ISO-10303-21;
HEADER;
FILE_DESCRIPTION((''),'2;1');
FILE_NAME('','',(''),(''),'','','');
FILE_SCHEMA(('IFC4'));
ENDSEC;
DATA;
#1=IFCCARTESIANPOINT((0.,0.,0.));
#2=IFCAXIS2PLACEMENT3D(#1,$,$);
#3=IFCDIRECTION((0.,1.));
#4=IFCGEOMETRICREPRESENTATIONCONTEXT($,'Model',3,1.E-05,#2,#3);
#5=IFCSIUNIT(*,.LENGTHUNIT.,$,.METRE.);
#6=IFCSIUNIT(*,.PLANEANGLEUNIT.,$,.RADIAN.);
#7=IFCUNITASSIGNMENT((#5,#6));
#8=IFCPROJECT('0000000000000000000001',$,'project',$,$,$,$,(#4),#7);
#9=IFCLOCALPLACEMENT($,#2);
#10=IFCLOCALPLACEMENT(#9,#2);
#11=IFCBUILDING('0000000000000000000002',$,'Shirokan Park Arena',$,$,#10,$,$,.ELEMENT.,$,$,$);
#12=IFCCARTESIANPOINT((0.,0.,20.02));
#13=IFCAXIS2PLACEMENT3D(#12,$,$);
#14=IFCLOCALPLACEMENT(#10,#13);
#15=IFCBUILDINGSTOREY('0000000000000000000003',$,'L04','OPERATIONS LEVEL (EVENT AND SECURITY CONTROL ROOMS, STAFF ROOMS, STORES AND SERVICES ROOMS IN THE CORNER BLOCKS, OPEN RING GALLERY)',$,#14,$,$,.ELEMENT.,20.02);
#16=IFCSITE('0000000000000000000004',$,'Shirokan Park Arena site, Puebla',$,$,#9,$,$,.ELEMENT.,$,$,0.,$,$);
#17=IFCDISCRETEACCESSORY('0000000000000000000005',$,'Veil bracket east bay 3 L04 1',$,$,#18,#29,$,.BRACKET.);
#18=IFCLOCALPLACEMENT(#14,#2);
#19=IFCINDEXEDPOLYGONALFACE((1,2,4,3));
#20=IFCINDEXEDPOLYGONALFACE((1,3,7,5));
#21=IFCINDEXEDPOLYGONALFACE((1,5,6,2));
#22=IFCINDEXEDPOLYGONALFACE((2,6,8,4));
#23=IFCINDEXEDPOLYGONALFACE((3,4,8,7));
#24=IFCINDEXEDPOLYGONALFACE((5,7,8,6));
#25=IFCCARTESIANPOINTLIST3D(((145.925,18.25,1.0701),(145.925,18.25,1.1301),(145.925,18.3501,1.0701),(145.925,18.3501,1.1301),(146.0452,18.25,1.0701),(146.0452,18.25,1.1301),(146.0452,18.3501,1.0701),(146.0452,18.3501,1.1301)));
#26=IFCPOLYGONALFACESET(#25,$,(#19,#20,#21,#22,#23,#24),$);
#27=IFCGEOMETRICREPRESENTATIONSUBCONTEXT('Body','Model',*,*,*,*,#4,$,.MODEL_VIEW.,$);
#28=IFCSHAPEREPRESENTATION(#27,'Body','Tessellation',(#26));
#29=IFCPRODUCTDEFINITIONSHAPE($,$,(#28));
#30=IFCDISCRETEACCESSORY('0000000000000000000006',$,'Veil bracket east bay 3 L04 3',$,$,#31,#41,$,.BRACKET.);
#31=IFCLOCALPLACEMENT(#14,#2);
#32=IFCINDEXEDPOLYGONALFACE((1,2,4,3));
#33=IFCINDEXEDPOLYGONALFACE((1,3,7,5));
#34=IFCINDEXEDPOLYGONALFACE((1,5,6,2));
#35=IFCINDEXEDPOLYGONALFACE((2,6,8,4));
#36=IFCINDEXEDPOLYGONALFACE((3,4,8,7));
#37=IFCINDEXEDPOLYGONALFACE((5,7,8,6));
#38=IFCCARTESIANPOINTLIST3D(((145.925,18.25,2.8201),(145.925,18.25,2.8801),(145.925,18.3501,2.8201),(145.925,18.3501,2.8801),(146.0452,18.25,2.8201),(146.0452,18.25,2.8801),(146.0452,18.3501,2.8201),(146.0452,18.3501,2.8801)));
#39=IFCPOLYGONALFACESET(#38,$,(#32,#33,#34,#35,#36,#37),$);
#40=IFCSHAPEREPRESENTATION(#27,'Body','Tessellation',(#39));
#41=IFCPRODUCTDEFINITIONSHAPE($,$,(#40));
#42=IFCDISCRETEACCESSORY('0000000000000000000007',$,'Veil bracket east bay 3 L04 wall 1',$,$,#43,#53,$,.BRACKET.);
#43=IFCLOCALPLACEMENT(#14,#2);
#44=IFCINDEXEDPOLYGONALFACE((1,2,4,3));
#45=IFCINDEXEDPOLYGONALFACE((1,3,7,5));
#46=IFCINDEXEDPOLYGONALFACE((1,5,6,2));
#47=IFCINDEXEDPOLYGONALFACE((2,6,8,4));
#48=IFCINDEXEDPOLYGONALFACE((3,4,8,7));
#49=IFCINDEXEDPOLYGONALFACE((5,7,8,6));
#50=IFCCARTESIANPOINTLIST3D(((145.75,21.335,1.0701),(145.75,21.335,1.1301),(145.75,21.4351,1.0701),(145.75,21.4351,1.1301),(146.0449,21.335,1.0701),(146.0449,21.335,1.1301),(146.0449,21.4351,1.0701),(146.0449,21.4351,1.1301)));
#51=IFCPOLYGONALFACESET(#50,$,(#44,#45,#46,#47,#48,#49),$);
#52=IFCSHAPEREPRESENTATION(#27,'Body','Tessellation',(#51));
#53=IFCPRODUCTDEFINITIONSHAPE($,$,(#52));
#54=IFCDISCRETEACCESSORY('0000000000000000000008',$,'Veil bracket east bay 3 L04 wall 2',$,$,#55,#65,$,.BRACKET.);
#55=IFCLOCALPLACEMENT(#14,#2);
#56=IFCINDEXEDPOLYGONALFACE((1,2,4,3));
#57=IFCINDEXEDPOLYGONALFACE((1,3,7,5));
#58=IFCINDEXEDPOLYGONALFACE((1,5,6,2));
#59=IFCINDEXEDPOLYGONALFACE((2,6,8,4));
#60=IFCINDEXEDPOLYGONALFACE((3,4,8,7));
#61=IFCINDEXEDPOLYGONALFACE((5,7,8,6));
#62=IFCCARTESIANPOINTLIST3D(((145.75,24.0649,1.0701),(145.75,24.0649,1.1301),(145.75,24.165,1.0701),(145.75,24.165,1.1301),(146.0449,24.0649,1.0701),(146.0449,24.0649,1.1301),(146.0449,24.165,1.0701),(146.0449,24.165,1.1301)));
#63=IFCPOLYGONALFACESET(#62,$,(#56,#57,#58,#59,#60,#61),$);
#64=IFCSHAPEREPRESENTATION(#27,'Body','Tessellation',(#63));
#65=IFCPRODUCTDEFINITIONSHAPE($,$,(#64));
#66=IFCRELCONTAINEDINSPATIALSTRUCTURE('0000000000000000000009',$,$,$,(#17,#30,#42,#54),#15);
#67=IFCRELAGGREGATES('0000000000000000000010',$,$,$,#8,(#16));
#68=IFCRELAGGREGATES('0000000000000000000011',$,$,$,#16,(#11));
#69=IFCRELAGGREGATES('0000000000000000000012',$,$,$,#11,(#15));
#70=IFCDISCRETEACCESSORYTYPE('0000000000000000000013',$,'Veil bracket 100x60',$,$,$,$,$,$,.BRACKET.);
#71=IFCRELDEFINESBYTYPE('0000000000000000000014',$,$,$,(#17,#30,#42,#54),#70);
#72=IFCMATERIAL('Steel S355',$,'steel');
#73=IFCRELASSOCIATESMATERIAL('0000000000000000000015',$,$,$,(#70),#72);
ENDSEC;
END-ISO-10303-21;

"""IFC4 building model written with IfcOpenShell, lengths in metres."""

from ifc_helpers import new_model, si_unit, direction, frame, origin, origin_2d, place, context, subcontext, project, spatial, rectangle, extrude, material, type_object, element, save


model = new_model("IFC4")

# Units and contexts
model_context = context("Model", 3, precision=1e-05, world=origin(), true_north=direction((0.0, 1.0)))
body_context = subcontext(model_context, "Body", "Model", "MODEL_VIEW")
ifc_project = project(units=[si_unit("LENGTHUNIT", "METRE"), si_unit("PLANEANGLEUNIT", "RADIAN")], contexts=[model_context])

# Site, building, storey
site_placement = place(None, origin())
site = spatial("IfcSite", under=ifc_project, at=site_placement, Name="Shirokan Park Arena site, Puebla", CompositionType="ELEMENT", RefElevation=0.0)
building_placement = place(site_placement, origin())
building = spatial("IfcBuilding", under=site, at=building_placement, Name="Shirokan Park Arena", CompositionType="ELEMENT")
storey_placement = place(building_placement, frame((0.0, 0.0, 20.02)))
storey = spatial("IfcBuildingStorey", under=building, at=storey_placement, Name="L04", Description="OPERATIONS LEVEL (EVENT AND SECURITY CONTROL ROOMS, STAFF ROOMS, STORES AND SERVICES ROOMS IN THE CORNER BLOCKS, OPEN RING GALLERY)", CompositionType="ELEMENT", Elevation=20.02)

# Discrete accessories
ifc_material_1 = material(Name="Steel S355", Category="steel")
discrete_accessory_type = type_object("IfcDiscreteAccessoryType", Name="Veil bracket 100x60", PredefinedType="BRACKET", material=ifc_material_1)
for number, where, z_axis, x_axis, name in (
    (1, (145.9851, 18.3, 1.0701), (0.0, 0.0, 1.0), (0.0, 1.0, 0.0), "Veil bracket east bay 3 L04 1"),
    (2, (145.9851, 18.3, 2.8201), (0.0, 0.0, 1.0), (0.0, 1.0, 0.0), "Veil bracket east bay 3 L04 3"),
):
    element("IfcDiscreteAccessory", number, at=place(storey_placement, frame(where, z_axis=z_axis, x_axis=x_axis)), inside=storey, type_object=discrete_accessory_type, Name=name, PredefinedType="BRACKET", context=body_context, shape_type="SweptSolid", body=[
        extrude(rectangle(XDim=0.1001, YDim=0.1201, at=origin_2d()), origin(), (0.0, 0.0, 1.0), 0.0601),
    ])
for number, where, z_axis, x_axis, name in (
    (3, (145.8975, 21.385, 1.0701), (0.0, 0.0, 1.0), (0.0, 1.0, 0.0), "Veil bracket east bay 3 L04 wall 1"),
    (4, (145.8975, 24.115, 1.0701), (0.0, 0.0, 1.0), (0.0, 1.0, 0.0), "Veil bracket east bay 3 L04 wall 2"),
):
    element("IfcDiscreteAccessory", number, at=place(storey_placement, frame(where, z_axis=z_axis, x_axis=x_axis)), inside=storey, type_object=discrete_accessory_type, Name=name, PredefinedType="BRACKET", context=body_context, shape_type="SweptSolid", body=[
        extrude(rectangle(XDim=0.1001, YDim=0.2949, at=origin_2d()), origin(), (0.0, 0.0, 1.0), 0.0601),
    ])

save(model, "model.ifc")
